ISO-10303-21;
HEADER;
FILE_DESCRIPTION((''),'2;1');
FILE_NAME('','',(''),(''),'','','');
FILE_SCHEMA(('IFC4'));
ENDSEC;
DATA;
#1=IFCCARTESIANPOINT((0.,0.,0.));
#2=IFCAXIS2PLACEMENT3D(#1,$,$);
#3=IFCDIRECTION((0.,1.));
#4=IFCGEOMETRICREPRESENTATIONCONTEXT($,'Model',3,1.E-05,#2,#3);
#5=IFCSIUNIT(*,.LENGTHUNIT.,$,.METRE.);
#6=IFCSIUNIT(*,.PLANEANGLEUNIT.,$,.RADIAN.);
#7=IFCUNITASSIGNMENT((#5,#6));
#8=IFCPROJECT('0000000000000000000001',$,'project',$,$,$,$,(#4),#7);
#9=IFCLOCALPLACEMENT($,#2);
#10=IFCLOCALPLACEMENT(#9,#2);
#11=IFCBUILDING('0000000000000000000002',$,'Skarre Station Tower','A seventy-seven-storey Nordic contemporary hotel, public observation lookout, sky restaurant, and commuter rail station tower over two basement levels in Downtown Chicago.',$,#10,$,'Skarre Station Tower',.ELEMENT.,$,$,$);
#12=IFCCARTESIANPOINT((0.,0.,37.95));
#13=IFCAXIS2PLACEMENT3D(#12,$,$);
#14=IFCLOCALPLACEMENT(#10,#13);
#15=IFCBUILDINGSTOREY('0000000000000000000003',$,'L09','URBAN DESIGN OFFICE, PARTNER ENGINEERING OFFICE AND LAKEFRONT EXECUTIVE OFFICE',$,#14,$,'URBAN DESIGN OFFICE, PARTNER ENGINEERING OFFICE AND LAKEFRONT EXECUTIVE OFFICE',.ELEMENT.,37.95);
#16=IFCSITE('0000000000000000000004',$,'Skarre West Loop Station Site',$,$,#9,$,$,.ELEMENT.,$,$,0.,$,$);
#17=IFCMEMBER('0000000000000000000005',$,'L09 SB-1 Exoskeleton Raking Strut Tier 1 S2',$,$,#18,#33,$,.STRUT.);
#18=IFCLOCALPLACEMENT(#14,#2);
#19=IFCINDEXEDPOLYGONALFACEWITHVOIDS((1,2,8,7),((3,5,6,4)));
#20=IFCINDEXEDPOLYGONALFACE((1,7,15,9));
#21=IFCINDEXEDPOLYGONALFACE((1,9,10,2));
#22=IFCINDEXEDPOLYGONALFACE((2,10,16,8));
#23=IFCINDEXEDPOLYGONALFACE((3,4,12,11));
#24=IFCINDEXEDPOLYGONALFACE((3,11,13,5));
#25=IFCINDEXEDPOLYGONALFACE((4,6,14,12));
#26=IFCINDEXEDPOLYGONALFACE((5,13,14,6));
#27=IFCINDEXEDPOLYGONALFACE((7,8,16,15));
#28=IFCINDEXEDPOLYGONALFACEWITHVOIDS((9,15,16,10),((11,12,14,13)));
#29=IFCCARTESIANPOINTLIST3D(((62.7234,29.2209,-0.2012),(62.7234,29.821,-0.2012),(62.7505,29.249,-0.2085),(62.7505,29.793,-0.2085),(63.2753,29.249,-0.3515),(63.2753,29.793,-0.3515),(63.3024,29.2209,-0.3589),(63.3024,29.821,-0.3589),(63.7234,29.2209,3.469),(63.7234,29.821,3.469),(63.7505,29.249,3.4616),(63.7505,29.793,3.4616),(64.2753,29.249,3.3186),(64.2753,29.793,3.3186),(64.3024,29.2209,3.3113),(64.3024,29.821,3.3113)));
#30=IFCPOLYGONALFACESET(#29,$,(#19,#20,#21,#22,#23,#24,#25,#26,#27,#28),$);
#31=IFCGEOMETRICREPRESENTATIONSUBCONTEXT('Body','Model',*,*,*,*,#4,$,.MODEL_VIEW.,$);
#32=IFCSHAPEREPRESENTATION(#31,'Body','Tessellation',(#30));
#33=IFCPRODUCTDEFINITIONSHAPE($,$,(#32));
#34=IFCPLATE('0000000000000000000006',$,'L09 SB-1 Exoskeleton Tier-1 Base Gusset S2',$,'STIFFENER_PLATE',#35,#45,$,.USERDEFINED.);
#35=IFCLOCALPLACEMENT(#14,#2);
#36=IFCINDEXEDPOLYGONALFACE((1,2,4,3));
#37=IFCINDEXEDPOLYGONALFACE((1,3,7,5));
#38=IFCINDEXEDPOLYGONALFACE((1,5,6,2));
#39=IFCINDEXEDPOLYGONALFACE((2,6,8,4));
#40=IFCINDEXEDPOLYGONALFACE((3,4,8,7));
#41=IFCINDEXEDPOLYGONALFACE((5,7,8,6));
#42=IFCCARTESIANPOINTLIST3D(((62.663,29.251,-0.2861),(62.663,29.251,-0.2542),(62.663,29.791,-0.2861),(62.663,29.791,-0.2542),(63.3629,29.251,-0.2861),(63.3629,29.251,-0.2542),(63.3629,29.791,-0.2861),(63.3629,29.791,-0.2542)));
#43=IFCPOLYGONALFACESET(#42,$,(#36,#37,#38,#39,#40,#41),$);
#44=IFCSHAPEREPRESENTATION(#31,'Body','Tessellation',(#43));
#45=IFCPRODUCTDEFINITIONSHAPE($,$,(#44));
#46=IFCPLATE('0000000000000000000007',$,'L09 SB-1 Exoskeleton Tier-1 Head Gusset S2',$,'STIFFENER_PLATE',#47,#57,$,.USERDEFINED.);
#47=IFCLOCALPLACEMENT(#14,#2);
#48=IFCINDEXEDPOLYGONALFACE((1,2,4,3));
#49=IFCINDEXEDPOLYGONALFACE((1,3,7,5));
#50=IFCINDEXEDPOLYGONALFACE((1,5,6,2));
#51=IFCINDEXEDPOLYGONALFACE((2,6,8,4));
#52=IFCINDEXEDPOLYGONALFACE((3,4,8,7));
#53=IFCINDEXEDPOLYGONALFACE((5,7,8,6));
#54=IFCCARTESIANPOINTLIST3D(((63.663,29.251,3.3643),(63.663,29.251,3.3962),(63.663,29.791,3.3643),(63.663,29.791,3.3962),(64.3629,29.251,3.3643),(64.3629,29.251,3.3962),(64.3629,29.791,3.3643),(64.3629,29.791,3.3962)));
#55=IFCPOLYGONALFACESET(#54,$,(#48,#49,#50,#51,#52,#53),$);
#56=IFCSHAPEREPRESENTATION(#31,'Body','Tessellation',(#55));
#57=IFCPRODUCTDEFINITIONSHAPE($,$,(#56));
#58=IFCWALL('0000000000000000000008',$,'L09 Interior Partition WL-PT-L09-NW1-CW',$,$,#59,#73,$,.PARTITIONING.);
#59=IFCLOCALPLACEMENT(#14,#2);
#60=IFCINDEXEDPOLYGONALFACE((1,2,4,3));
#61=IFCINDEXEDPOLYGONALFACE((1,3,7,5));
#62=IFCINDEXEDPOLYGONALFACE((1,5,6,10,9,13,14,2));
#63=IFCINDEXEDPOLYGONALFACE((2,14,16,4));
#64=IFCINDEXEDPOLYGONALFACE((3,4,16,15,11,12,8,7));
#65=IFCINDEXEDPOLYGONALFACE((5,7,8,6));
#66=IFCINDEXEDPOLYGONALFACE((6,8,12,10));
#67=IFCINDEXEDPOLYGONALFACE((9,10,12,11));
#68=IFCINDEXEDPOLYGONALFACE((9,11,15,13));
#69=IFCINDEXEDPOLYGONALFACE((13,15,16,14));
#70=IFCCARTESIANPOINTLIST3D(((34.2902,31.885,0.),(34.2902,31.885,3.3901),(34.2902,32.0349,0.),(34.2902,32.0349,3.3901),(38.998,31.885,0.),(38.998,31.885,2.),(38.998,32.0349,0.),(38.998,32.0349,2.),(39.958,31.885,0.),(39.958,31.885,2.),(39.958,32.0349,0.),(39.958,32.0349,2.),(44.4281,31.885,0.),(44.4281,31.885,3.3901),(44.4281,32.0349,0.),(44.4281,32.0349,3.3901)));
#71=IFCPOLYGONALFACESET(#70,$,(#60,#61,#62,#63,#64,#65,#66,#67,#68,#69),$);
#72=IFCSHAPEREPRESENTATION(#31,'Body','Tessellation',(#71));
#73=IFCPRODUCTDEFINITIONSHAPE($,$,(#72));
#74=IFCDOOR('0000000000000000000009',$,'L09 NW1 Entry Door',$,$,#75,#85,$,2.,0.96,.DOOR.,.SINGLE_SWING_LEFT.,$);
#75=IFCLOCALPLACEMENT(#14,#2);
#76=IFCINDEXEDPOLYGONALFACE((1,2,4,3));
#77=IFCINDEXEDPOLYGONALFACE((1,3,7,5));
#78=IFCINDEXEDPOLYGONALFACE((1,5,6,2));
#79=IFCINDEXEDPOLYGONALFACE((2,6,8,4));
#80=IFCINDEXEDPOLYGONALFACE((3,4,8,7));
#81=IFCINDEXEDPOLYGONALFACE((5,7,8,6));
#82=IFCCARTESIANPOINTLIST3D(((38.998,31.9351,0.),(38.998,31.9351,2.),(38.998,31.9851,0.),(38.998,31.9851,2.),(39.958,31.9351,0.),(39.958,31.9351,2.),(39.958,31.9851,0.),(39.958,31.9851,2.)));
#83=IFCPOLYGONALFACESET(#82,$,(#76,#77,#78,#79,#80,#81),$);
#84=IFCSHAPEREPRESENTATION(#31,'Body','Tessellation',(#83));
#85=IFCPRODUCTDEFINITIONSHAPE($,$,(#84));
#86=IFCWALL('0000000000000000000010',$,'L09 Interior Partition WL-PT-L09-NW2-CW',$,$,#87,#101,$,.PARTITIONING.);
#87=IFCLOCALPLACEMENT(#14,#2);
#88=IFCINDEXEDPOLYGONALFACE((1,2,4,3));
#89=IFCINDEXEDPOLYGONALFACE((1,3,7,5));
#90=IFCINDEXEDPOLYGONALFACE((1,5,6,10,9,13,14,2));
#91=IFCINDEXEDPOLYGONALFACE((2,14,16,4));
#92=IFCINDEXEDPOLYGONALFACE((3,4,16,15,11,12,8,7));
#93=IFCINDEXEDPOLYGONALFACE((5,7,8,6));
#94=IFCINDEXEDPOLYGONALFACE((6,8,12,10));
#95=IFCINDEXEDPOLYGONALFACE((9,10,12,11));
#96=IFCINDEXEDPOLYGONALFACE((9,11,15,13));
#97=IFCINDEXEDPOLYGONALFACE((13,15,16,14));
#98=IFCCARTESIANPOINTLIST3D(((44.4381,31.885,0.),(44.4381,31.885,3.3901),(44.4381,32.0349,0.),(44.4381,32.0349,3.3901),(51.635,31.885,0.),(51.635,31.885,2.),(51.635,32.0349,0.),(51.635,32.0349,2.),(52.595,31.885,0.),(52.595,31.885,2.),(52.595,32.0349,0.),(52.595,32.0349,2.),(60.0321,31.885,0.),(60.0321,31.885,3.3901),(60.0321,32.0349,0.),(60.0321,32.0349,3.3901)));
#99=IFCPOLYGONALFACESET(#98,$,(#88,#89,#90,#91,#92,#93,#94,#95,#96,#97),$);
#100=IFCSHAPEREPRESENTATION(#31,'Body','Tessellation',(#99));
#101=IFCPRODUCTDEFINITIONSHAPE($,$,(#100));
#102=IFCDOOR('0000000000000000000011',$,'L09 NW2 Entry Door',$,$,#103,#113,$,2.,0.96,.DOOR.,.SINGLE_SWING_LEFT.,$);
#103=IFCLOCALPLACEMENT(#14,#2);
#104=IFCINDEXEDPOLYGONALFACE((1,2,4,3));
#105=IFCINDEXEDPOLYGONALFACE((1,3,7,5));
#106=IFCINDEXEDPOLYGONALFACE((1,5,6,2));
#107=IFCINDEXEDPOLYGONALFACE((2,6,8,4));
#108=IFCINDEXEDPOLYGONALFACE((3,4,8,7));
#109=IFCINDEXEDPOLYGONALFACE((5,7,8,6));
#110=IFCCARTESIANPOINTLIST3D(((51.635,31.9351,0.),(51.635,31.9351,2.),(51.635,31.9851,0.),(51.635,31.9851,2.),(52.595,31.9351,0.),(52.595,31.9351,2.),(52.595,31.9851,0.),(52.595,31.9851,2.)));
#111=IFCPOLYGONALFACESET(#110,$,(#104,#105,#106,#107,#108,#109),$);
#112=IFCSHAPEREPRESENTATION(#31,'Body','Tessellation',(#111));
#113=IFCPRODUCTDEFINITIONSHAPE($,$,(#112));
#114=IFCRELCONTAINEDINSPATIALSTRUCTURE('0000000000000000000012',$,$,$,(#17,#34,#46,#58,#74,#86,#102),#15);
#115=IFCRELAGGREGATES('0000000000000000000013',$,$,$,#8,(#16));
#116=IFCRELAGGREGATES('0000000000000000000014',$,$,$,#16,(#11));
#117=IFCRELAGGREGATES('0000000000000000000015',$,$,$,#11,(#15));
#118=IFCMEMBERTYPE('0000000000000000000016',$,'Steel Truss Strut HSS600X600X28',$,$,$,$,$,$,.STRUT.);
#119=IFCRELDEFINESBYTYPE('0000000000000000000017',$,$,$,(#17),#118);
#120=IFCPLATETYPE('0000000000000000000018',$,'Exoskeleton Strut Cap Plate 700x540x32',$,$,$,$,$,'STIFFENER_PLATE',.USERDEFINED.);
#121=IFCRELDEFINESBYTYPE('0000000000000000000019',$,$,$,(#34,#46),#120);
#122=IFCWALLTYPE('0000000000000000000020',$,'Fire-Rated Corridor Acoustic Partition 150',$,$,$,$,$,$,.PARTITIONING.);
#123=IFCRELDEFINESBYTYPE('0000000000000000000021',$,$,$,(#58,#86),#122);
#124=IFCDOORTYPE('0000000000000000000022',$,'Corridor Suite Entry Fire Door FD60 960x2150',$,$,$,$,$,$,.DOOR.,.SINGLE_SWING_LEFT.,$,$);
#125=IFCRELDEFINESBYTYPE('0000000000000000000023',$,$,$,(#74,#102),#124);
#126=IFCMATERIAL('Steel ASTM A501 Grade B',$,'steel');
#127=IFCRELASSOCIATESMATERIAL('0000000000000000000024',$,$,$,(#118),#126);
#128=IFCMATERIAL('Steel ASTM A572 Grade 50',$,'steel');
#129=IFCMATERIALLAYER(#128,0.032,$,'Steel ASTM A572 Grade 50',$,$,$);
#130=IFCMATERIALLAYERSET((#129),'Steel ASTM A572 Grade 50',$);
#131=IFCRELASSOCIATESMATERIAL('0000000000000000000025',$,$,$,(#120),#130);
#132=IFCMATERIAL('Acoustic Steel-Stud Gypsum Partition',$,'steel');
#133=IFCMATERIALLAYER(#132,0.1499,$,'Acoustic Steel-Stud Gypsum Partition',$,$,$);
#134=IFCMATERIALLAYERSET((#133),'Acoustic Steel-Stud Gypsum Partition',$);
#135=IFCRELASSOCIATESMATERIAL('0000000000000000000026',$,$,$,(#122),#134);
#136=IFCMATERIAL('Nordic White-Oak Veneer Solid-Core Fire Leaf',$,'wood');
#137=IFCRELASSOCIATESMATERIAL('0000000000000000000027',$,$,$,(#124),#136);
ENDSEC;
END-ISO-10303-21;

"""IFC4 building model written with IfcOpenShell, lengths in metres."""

from ifc_helpers import new_model, si_unit, direction, frame, frame_2d, origin, origin_2d, place, context, subcontext, project, spatial, rectangle, hollow_rectangle, extrude, material, layer, layer_set, material_profile, profile_set, type_object, element, fill, save


model = new_model("IFC4")

# Units and contexts
model_context = context("Model", 3, precision=1e-05, world=origin(), true_north=direction((0.0, 1.0)))
body_context = subcontext(model_context, "Body", "Model", "MODEL_VIEW")
ifc_project = project(units=[si_unit("LENGTHUNIT", "METRE"), si_unit("PLANEANGLEUNIT", "RADIAN")], contexts=[model_context])

# Site, building, storey
site_placement = place(None, origin())
site = spatial("IfcSite", under=ifc_project, at=site_placement, Name="Skarre West Loop Station Site", CompositionType="ELEMENT", RefElevation=0.0)
building_placement = place(site_placement, origin())
building = spatial("IfcBuilding", under=site, at=building_placement, Name="Skarre Station Tower", Description="A seventy-seven-storey Nordic contemporary hotel, public observation lookout, sky restaurant, and commuter rail station tower over two basement levels in Downtown Chicago.", LongName="Skarre Station Tower", CompositionType="ELEMENT")
storey_placement = place(building_placement, frame((0.0, 0.0, 37.95)))
storey = spatial("IfcBuildingStorey", under=building, at=storey_placement, Name="L09", Description="URBAN DESIGN OFFICE, PARTNER ENGINEERING OFFICE AND LAKEFRONT EXECUTIVE OFFICE", LongName="URBAN DESIGN OFFICE, PARTNER ENGINEERING OFFICE AND LAKEFRONT EXECUTIVE OFFICE", CompositionType="ELEMENT", Elevation=37.95)

# Member
ifc_material_1 = material(Name="Steel ASTM A501 Grade B", Category="steel")
ifc_material_profile_1 = material_profile(ifc_material_1, hollow_rectangle(XDim=0.6001, YDim=0.6001, WallThickness=0.0281, at=origin_2d()), Name="Steel ASTM A501 Grade B")
ifc_profile_set_1 = profile_set([ifc_material_profile_1], Name="Steel ASTM A501 Grade B")
member_type = type_object("IfcMemberType", Name="Steel Truss Strut HSS600X600X28", PredefinedType="STRUT", material=ifc_profile_set_1)
member_placement = place(storey_placement, frame((63.0129, 29.521, -0.28), z_axis=(0.262884, 0.0, 0.964827), x_axis=(0.0, 1.0, 0.0)))
element("IfcMember", 1, at=member_placement, inside=storey, type_object=member_type, Name="L09 SB-1 Exoskeleton Raking Strut Tier 1 S2", PredefinedType="STRUT", context=body_context, shape_type="SweptSolid", body=[
    extrude(hollow_rectangle(XDim=0.6001, YDim=0.6001, WallThickness=0.0281, at=origin_2d()), origin(), (0.0, 0.0, 1.0), 3.804),
])

# Plates
ifc_material_2 = material(Name="Steel ASTM A572 Grade 50", Category="steel")
ifc_layer_1 = layer(ifc_material_2, 0.032, Name="Steel ASTM A572 Grade 50")
ifc_layer_set_1 = layer_set([ifc_layer_1], Name="Steel ASTM A572 Grade 50")
plate_type = type_object("IfcPlateType", Name="Exoskeleton Strut Cap Plate 700x540x32", ElementType="STIFFENER_PLATE", PredefinedType="USERDEFINED", material=ifc_layer_set_1)
for number, where, z_axis, x_axis, name in (
    (2, (63.0129, 29.521, -0.2861), (0.0, 0.0, 1.0), (1.0, 0.0, 0.0), "L09 SB-1 Exoskeleton Tier-1 Base Gusset S2"),
    (3, (64.0129, 29.521, 3.3643), (0.0, 0.0, 1.0), (1.0, 0.0, 0.0), "L09 SB-1 Exoskeleton Tier-1 Head Gusset S2"),
):
    element("IfcPlate", number, at=place(storey_placement, frame(where, z_axis=z_axis, x_axis=x_axis)), inside=storey, type_object=plate_type, Name=name, ObjectType="STIFFENER_PLATE", PredefinedType="USERDEFINED", context=body_context, shape_type="SweptSolid", body=[
        extrude(rectangle(XDim=0.7, YDim=0.54, at=origin_2d()), origin(), (0.0, 0.0, 1.0), 0.032),
    ])

# Walls, openings, doors
ifc_material_3 = material(Name="Acoustic Steel-Stud Gypsum Partition", Category="steel")
ifc_layer_2 = layer(ifc_material_3, 0.1499, Name="Acoustic Steel-Stud Gypsum Partition")
ifc_layer_set_2 = layer_set([ifc_layer_2], Name="Acoustic Steel-Stud Gypsum Partition")
wall_type_1 = type_object("IfcWallType", Name="Fire-Rated Corridor Acoustic Partition 150", PredefinedType="PARTITIONING", material=ifc_layer_set_2)
wall_1_placement = place(storey_placement, frame((44.428, 31.96, 0.0), z_axis=(0.0, 0.0, 1.0), x_axis=(-1.0, 0.0, 0.0)))
wall_1 = element("IfcWall", 4, at=wall_1_placement, inside=storey, type_object=wall_type_1, Name="L09 Interior Partition WL-PT-L09-NW1-CW", PredefinedType="PARTITIONING", context=body_context, shape_type="SweptSolid", body=[
    extrude(rectangle(XDim=10.1379, YDim=0.1499, at=frame_2d((5.0688, 0.0))), origin(), (0.0, 0.0, 1.0), 3.3901),
])
opening_1_placement = place(wall_1_placement, frame((4.47, 0.0, 0.0)))
opening_1 = element("IfcOpeningElement", 5, at=opening_1_placement, cuts=wall_1, PredefinedType="OPENING", context=body_context, shape_type="SweptSolid", body=[
    extrude(rectangle(XDim=0.96, YDim=2.0, at=frame_2d((0.48, 1.0))), frame((0.0, 0.085, 0.0), z_axis=(0.0, -1.0, 0.0), x_axis=(1.0, 0.0, 0.0)), (0.0, 0.0, 1.0), 0.1699),
])
ifc_material_4 = material(Name="Nordic White-Oak Veneer Solid-Core Fire Leaf", Category="wood")
door_type = type_object("IfcDoorType", Name="Corridor Suite Entry Fire Door FD60 960x2150", OperationType="SINGLE_SWING_LEFT", PredefinedType="DOOR", material=ifc_material_4)
door_1_placement = place(opening_1_placement, origin())
door_1 = element("IfcDoor", 6, at=door_1_placement, inside=storey, type_object=door_type, Name="L09 NW1 Entry Door", OperationType="SINGLE_SWING_LEFT", OverallHeight=2.0, OverallWidth=0.96, PredefinedType="DOOR", context=body_context, shape_type="SweptSolid", body=[
    extrude(rectangle(XDim=0.96, YDim=2.0, at=frame_2d((0.48, 1.0))), frame((0.0, 0.0249, 0.0), z_axis=(0.0, -1.0, 0.0), x_axis=(1.0, 0.0, 0.0)), (0.0, 0.0, 1.0), 0.05),
])
fill(opening_1, door_1)
wall_2_placement = place(storey_placement, frame((60.032, 31.96, 0.0), z_axis=(0.0, 0.0, 1.0), x_axis=(-1.0, 0.0, 0.0)))
wall_2 = element("IfcWall", 7, at=wall_2_placement, inside=storey, type_object=wall_type_1, Name="L09 Interior Partition WL-PT-L09-NW2-CW", PredefinedType="PARTITIONING", context=body_context, shape_type="SweptSolid", body=[
    extrude(rectangle(XDim=15.594, YDim=0.1499, at=frame_2d((7.7969, 0.0))), origin(), (0.0, 0.0, 1.0), 3.3901),
])
opening_2_placement = place(wall_2_placement, frame((7.437, 0.0, 0.0)))
opening_2 = element("IfcOpeningElement", 8, at=opening_2_placement, cuts=wall_2, PredefinedType="OPENING", context=body_context, shape_type="SweptSolid", body=[
    extrude(rectangle(XDim=0.96, YDim=2.0, at=frame_2d((0.48, 1.0))), frame((0.0, 0.085, 0.0), z_axis=(0.0, -1.0, 0.0), x_axis=(1.0, 0.0, 0.0)), (0.0, 0.0, 1.0), 0.1699),
])
door_2_placement = place(opening_2_placement, origin())
door_2 = element("IfcDoor", 9, at=door_2_placement, inside=storey, type_object=door_type, Name="L09 NW2 Entry Door", OperationType="SINGLE_SWING_LEFT", OverallHeight=2.0, OverallWidth=0.96, PredefinedType="DOOR", context=body_context, shape_type="SweptSolid", body=[
    extrude(rectangle(XDim=0.96, YDim=2.0, at=frame_2d((0.48, 1.0))), frame((0.0, 0.0249, 0.0), z_axis=(0.0, -1.0, 0.0), x_axis=(1.0, 0.0, 0.0)), (0.0, 0.0, 1.0), 0.05),
])
fill(opening_2, door_2)

save(model, "model.ifc")
